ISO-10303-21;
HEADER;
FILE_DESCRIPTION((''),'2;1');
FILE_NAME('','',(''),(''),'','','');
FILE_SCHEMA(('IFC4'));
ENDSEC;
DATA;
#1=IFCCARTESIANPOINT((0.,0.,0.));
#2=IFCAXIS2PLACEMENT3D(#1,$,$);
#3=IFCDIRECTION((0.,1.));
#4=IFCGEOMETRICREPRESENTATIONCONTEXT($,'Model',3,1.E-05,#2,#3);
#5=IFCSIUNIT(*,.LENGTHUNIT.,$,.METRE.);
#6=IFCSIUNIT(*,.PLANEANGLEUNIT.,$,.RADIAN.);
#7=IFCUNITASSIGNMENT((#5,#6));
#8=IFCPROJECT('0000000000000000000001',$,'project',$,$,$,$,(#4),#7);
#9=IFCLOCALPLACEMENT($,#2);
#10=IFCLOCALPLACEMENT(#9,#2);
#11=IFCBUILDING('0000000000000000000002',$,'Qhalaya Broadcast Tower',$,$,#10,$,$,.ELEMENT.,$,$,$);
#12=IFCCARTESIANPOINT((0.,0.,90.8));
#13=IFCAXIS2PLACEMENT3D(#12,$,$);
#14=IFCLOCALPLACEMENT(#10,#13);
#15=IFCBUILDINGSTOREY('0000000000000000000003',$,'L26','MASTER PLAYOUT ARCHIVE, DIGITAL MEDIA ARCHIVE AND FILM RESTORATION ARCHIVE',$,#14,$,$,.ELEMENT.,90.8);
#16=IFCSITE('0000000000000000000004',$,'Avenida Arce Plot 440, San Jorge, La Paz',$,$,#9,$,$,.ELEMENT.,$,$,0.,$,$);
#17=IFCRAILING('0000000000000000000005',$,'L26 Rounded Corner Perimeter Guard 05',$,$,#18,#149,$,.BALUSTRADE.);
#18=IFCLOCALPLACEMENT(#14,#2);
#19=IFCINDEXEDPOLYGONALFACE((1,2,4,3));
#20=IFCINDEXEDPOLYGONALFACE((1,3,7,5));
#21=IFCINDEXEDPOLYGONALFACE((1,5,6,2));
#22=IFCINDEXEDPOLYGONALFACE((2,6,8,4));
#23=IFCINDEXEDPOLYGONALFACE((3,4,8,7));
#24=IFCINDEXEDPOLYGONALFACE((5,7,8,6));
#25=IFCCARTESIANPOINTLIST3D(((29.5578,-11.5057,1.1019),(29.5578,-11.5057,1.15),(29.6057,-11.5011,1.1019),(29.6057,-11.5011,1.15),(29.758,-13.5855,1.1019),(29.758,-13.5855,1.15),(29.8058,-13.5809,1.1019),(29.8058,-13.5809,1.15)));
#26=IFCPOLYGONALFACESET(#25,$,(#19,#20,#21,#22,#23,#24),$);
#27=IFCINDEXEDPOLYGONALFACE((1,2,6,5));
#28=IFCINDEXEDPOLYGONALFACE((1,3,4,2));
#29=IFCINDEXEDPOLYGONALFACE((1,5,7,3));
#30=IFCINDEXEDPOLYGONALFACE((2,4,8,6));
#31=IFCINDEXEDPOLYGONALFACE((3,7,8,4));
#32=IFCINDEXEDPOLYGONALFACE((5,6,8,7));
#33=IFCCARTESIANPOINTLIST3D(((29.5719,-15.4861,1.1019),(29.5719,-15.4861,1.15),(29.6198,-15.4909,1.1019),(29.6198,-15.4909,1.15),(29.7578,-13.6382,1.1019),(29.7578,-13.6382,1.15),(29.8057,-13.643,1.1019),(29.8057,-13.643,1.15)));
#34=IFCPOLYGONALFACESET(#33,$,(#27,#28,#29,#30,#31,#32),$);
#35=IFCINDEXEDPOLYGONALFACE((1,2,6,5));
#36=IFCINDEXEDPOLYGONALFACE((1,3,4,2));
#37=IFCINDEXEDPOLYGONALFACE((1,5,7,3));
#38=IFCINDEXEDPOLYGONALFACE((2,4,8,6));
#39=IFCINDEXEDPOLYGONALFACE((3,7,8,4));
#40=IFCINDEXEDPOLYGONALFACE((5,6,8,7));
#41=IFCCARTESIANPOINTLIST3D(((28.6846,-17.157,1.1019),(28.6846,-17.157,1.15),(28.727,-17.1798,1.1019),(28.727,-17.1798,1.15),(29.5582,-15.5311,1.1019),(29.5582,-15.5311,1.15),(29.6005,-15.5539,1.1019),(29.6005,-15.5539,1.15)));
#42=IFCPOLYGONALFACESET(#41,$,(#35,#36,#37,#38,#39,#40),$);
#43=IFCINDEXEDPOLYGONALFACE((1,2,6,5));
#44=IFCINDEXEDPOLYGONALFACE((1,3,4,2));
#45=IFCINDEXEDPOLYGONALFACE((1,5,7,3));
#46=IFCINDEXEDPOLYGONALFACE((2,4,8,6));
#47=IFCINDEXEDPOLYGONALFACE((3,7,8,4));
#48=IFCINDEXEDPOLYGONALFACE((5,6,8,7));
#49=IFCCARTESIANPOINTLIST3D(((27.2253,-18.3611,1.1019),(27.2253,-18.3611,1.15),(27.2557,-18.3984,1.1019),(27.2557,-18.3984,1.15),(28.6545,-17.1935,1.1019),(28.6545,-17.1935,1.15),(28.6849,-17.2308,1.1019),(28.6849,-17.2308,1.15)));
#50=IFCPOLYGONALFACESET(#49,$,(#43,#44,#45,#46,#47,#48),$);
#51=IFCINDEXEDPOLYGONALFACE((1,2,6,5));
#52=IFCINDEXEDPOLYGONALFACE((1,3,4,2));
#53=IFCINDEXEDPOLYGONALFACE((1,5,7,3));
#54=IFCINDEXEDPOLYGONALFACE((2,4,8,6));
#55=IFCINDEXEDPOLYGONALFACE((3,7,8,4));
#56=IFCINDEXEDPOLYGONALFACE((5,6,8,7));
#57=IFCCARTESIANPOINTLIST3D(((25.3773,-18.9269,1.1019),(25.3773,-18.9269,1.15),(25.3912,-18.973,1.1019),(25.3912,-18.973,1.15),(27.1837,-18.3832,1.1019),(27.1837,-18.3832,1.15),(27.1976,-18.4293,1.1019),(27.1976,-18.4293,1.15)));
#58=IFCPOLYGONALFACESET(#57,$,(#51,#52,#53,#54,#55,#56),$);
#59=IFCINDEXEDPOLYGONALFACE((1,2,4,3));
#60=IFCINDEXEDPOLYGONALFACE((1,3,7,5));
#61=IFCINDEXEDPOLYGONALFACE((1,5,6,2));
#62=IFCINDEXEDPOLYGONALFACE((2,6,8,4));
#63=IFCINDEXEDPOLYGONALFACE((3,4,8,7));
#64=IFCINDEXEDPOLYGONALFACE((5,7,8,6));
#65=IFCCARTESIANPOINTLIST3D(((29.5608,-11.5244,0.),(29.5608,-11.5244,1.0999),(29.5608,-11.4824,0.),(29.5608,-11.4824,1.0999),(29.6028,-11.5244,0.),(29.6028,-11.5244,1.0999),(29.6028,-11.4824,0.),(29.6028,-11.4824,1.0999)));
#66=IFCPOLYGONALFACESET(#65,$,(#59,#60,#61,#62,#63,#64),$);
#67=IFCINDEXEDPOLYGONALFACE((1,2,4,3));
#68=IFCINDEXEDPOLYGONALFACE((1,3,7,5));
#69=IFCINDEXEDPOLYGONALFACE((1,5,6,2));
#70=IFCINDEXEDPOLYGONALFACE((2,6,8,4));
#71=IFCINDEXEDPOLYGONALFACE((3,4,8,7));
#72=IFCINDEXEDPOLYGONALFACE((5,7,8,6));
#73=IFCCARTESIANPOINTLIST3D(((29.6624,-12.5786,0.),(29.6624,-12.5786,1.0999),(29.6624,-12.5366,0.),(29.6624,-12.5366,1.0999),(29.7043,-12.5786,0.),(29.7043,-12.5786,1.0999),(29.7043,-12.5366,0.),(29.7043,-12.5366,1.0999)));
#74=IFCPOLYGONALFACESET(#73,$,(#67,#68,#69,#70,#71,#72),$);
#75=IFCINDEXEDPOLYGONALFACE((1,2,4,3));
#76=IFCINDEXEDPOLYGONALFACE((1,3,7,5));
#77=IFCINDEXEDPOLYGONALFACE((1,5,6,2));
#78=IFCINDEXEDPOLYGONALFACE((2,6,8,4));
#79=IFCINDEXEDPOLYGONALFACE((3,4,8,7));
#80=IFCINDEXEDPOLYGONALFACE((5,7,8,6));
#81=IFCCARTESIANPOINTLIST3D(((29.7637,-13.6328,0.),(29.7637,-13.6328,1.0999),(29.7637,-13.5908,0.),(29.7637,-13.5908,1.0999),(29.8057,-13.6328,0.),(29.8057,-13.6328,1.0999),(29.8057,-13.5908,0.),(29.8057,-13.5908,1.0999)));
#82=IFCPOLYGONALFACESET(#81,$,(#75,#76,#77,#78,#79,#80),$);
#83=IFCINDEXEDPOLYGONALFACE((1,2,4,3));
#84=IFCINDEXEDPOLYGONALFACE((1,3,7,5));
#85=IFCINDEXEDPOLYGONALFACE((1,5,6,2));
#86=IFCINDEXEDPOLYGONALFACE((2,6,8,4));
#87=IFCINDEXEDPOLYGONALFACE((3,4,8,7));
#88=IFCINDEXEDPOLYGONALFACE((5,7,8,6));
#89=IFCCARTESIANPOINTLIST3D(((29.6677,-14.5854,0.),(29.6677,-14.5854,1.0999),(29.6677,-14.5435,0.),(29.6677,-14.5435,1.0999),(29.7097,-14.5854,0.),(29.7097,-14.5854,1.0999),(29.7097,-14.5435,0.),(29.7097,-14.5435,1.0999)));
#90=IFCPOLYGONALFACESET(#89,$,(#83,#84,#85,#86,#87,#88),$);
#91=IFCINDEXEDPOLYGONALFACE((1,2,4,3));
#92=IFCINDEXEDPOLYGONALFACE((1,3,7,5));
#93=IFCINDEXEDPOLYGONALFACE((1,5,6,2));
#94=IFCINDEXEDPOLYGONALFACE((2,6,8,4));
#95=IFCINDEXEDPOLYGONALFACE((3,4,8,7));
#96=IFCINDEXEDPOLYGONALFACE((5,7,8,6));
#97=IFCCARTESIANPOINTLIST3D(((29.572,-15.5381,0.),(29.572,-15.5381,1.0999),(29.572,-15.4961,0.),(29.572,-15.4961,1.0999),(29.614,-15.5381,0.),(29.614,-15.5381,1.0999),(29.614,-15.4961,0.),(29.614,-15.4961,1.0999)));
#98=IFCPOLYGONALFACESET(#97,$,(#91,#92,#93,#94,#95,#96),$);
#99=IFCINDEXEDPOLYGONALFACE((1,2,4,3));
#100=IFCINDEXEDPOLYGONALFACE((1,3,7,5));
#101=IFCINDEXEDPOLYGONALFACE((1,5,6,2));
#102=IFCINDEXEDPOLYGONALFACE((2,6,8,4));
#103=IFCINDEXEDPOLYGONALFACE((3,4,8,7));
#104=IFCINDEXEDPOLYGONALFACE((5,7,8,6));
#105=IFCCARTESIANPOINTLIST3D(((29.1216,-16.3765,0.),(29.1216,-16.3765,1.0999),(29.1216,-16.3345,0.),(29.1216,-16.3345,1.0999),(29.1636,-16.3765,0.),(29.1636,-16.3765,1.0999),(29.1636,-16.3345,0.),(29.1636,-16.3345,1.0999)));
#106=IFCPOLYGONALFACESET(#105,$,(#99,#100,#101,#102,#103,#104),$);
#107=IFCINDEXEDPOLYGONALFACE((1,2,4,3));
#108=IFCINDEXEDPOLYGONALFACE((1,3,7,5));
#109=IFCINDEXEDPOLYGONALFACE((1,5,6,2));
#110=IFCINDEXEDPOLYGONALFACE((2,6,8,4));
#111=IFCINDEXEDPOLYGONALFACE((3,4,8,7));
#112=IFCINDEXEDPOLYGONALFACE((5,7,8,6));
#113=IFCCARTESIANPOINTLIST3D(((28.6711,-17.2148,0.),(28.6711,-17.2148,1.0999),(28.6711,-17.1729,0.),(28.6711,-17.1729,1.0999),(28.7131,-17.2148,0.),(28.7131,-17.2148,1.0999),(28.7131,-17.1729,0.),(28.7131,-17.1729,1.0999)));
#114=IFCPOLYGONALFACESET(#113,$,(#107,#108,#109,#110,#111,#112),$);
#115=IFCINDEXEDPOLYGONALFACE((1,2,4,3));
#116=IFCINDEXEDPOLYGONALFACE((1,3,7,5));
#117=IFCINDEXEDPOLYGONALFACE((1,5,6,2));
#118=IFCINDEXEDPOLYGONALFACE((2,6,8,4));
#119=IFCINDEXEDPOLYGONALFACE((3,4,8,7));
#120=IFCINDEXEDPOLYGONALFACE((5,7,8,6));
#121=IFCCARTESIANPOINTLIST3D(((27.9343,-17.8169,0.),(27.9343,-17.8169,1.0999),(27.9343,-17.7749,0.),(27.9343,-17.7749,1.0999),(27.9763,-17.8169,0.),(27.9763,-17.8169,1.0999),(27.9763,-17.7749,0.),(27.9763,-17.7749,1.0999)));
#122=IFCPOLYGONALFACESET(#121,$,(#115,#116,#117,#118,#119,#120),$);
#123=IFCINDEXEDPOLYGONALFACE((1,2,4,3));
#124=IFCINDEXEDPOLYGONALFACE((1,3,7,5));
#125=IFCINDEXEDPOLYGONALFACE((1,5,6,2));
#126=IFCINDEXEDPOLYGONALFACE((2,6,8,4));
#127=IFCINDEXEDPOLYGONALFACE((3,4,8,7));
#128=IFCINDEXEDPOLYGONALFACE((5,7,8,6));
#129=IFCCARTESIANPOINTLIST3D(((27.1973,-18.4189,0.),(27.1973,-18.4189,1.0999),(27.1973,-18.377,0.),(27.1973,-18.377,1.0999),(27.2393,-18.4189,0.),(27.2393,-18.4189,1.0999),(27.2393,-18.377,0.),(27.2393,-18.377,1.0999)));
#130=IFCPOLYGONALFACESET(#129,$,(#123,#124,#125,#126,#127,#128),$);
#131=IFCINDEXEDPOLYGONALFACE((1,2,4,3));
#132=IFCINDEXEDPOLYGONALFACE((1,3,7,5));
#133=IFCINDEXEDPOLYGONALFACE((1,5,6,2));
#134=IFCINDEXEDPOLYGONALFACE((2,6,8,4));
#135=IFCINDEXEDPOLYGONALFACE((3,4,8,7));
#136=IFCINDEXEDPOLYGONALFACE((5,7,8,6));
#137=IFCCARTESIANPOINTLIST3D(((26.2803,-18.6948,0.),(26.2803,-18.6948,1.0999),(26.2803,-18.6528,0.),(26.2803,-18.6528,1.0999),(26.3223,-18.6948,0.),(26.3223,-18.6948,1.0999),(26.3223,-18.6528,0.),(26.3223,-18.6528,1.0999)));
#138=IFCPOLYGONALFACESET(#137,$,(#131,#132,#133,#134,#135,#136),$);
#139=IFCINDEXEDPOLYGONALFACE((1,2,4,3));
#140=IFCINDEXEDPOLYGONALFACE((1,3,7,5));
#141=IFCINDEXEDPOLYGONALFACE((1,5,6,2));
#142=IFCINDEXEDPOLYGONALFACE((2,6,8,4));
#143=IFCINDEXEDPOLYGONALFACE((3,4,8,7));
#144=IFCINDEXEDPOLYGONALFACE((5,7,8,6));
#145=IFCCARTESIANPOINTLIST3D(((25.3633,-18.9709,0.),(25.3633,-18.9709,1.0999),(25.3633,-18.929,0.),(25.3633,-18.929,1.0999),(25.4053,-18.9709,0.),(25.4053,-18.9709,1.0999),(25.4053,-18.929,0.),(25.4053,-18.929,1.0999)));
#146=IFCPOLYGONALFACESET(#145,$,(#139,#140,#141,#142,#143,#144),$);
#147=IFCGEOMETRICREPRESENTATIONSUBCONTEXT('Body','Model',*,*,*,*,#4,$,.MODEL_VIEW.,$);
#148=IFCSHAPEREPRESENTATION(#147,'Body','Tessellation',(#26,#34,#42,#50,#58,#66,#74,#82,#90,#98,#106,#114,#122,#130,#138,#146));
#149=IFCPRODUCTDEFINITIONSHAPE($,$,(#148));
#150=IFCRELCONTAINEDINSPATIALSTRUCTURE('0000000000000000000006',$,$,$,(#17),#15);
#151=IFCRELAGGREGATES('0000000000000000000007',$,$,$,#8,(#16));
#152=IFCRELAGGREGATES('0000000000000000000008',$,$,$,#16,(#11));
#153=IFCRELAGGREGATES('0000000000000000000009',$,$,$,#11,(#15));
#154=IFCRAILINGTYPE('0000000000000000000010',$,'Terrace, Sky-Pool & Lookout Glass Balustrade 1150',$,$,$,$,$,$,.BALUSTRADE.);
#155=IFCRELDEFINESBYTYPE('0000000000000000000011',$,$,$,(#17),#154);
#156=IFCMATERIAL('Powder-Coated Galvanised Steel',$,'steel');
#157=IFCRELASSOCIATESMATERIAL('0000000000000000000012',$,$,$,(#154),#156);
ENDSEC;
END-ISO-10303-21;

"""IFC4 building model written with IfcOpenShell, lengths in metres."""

from ifc_helpers import new_model, si_unit, direction, frame, origin, origin_2d, place, context, subcontext, project, spatial, rectangle, extrude, material, type_object, element, save


model = new_model("IFC4")

# Units and contexts
model_context = context("Model", 3, precision=1e-05, world=origin(), true_north=direction((0.0, 1.0)))
body_context = subcontext(model_context, "Body", "Model", "MODEL_VIEW")
ifc_project = project(units=[si_unit("LENGTHUNIT", "METRE"), si_unit("PLANEANGLEUNIT", "RADIAN")], contexts=[model_context])

# Site, building, storey
site_placement = place(None, origin())
site = spatial("IfcSite", under=ifc_project, at=site_placement, Name="Avenida Arce Plot 440, San Jorge, La Paz", CompositionType="ELEMENT", RefElevation=0.0)
building_placement = place(site_placement, origin())
building = spatial("IfcBuilding", under=site, at=building_placement, Name="Qhalaya Broadcast Tower", CompositionType="ELEMENT")
storey_placement = place(building_placement, frame((0.0, 0.0, 90.8)))
storey = spatial("IfcBuildingStorey", under=building, at=storey_placement, Name="L26", Description="MASTER PLAYOUT ARCHIVE, DIGITAL MEDIA ARCHIVE AND FILM RESTORATION ARCHIVE", CompositionType="ELEMENT", Elevation=90.8)

# Railing
ifc_material_1 = material(Name="Powder-Coated Galvanised Steel", Category="steel")
railing_type = type_object("IfcRailingType", Name="Terrace, Sky-Pool & Lookout Glass Balustrade 1150", PredefinedType="BALUSTRADE", material=ifc_material_1)
railing_placement = place(storey_placement, frame((29.5818, -11.5034, 0.0)))
element("IfcRailing", 1, at=railing_placement, inside=storey, type_object=railing_type, Name="L26 Rounded Corner Perimeter Guard 05", PredefinedType="BALUSTRADE", context=body_context, shape_type="SweptSolid", body=[
    extrude(rectangle(XDim=0.0481, YDim=0.0481, at=origin_2d()), frame((0.0, 0.0, 1.126), z_axis=(0.095783, -0.995402, 0.0), x_axis=(0.995402, 0.095783, 0.0)), (0.0, 0.0, 1.0), 2.0894),
    extrude(rectangle(XDim=0.0481, YDim=0.0481, at=origin_2d()), frame((0.2, -2.1372, 1.126), z_axis=(-0.100084, -0.994979, 0.0), x_axis=(0.994979, -0.100084, 0.0)), (0.0, 0.0, 1.0), 1.8572),
    extrude(rectangle(XDim=0.0481, YDim=0.0481, at=origin_2d()), frame((-0.0024, -4.0391, 1.126), z_axis=(-0.473289, -0.880907, 0.0), x_axis=(0.880907, -0.473289, 0.0)), (0.0, 0.0, 1.0), 1.8457),
    extrude(rectangle(XDim=0.0481, YDim=0.0481, at=origin_2d()), frame((-0.9121, -5.7087, 1.126), z_axis=(-0.77442, -0.632672, 0.0), x_axis=(0.632672, -0.77442, 0.0)), (0.0, 0.0, 1.0), 1.8455),
    extrude(rectangle(XDim=0.0481, YDim=0.0481, at=origin_2d()), frame((-2.3911, -6.9028, 1.126), z_axis=(-0.957566, -0.288213, 0.0), x_axis=(0.288213, -0.957566, 0.0)), (0.0, 0.0, 1.0), 1.8865),
    extrude(rectangle(XDim=0.042, YDim=0.042, at=origin_2d()), origin(), (0.0, 0.0, 1.0), 1.0999),
    extrude(rectangle(XDim=0.042, YDim=0.042, at=origin_2d()), frame((0.1016, -1.0542, 0.0)), (0.0, 0.0, 1.0), 1.0999),
    extrude(rectangle(XDim=0.042, YDim=0.042, at=origin_2d()), frame((0.2029, -2.1084, 0.0)), (0.0, 0.0, 1.0), 1.0999),
    extrude(rectangle(XDim=0.042, YDim=0.042, at=origin_2d()), frame((0.1069, -3.061, 0.0)), (0.0, 0.0, 1.0), 1.0999),
    extrude(rectangle(XDim=0.042, YDim=0.042, at=origin_2d()), frame((0.0112, -4.0137, 0.0)), (0.0, 0.0, 1.0), 1.0999),
    extrude(rectangle(XDim=0.042, YDim=0.042, at=origin_2d()), frame((-0.4392, -4.8521, 0.0)), (0.0, 0.0, 1.0), 1.0999),
    extrude(rectangle(XDim=0.042, YDim=0.042, at=origin_2d()), frame((-0.8896, -5.6904, 0.0)), (0.0, 0.0, 1.0), 1.0999),
    extrude(rectangle(XDim=0.042, YDim=0.042, at=origin_2d()), frame((-1.6265, -6.2925, 0.0)), (0.0, 0.0, 1.0), 1.0999),
    extrude(rectangle(XDim=0.042, YDim=0.042, at=origin_2d()), frame((-2.3635, -6.8945, 0.0)), (0.0, 0.0, 1.0), 1.0999),
    extrude(rectangle(XDim=0.042, YDim=0.042, at=origin_2d()), frame((-3.2805, -7.1704, 0.0)), (0.0, 0.0, 1.0), 1.0999),
    extrude(rectangle(XDim=0.042, YDim=0.042, at=origin_2d()), frame((-4.1975, -7.4465, 0.0)), (0.0, 0.0, 1.0), 1.0999),
])

save(model, "model.ifc")
